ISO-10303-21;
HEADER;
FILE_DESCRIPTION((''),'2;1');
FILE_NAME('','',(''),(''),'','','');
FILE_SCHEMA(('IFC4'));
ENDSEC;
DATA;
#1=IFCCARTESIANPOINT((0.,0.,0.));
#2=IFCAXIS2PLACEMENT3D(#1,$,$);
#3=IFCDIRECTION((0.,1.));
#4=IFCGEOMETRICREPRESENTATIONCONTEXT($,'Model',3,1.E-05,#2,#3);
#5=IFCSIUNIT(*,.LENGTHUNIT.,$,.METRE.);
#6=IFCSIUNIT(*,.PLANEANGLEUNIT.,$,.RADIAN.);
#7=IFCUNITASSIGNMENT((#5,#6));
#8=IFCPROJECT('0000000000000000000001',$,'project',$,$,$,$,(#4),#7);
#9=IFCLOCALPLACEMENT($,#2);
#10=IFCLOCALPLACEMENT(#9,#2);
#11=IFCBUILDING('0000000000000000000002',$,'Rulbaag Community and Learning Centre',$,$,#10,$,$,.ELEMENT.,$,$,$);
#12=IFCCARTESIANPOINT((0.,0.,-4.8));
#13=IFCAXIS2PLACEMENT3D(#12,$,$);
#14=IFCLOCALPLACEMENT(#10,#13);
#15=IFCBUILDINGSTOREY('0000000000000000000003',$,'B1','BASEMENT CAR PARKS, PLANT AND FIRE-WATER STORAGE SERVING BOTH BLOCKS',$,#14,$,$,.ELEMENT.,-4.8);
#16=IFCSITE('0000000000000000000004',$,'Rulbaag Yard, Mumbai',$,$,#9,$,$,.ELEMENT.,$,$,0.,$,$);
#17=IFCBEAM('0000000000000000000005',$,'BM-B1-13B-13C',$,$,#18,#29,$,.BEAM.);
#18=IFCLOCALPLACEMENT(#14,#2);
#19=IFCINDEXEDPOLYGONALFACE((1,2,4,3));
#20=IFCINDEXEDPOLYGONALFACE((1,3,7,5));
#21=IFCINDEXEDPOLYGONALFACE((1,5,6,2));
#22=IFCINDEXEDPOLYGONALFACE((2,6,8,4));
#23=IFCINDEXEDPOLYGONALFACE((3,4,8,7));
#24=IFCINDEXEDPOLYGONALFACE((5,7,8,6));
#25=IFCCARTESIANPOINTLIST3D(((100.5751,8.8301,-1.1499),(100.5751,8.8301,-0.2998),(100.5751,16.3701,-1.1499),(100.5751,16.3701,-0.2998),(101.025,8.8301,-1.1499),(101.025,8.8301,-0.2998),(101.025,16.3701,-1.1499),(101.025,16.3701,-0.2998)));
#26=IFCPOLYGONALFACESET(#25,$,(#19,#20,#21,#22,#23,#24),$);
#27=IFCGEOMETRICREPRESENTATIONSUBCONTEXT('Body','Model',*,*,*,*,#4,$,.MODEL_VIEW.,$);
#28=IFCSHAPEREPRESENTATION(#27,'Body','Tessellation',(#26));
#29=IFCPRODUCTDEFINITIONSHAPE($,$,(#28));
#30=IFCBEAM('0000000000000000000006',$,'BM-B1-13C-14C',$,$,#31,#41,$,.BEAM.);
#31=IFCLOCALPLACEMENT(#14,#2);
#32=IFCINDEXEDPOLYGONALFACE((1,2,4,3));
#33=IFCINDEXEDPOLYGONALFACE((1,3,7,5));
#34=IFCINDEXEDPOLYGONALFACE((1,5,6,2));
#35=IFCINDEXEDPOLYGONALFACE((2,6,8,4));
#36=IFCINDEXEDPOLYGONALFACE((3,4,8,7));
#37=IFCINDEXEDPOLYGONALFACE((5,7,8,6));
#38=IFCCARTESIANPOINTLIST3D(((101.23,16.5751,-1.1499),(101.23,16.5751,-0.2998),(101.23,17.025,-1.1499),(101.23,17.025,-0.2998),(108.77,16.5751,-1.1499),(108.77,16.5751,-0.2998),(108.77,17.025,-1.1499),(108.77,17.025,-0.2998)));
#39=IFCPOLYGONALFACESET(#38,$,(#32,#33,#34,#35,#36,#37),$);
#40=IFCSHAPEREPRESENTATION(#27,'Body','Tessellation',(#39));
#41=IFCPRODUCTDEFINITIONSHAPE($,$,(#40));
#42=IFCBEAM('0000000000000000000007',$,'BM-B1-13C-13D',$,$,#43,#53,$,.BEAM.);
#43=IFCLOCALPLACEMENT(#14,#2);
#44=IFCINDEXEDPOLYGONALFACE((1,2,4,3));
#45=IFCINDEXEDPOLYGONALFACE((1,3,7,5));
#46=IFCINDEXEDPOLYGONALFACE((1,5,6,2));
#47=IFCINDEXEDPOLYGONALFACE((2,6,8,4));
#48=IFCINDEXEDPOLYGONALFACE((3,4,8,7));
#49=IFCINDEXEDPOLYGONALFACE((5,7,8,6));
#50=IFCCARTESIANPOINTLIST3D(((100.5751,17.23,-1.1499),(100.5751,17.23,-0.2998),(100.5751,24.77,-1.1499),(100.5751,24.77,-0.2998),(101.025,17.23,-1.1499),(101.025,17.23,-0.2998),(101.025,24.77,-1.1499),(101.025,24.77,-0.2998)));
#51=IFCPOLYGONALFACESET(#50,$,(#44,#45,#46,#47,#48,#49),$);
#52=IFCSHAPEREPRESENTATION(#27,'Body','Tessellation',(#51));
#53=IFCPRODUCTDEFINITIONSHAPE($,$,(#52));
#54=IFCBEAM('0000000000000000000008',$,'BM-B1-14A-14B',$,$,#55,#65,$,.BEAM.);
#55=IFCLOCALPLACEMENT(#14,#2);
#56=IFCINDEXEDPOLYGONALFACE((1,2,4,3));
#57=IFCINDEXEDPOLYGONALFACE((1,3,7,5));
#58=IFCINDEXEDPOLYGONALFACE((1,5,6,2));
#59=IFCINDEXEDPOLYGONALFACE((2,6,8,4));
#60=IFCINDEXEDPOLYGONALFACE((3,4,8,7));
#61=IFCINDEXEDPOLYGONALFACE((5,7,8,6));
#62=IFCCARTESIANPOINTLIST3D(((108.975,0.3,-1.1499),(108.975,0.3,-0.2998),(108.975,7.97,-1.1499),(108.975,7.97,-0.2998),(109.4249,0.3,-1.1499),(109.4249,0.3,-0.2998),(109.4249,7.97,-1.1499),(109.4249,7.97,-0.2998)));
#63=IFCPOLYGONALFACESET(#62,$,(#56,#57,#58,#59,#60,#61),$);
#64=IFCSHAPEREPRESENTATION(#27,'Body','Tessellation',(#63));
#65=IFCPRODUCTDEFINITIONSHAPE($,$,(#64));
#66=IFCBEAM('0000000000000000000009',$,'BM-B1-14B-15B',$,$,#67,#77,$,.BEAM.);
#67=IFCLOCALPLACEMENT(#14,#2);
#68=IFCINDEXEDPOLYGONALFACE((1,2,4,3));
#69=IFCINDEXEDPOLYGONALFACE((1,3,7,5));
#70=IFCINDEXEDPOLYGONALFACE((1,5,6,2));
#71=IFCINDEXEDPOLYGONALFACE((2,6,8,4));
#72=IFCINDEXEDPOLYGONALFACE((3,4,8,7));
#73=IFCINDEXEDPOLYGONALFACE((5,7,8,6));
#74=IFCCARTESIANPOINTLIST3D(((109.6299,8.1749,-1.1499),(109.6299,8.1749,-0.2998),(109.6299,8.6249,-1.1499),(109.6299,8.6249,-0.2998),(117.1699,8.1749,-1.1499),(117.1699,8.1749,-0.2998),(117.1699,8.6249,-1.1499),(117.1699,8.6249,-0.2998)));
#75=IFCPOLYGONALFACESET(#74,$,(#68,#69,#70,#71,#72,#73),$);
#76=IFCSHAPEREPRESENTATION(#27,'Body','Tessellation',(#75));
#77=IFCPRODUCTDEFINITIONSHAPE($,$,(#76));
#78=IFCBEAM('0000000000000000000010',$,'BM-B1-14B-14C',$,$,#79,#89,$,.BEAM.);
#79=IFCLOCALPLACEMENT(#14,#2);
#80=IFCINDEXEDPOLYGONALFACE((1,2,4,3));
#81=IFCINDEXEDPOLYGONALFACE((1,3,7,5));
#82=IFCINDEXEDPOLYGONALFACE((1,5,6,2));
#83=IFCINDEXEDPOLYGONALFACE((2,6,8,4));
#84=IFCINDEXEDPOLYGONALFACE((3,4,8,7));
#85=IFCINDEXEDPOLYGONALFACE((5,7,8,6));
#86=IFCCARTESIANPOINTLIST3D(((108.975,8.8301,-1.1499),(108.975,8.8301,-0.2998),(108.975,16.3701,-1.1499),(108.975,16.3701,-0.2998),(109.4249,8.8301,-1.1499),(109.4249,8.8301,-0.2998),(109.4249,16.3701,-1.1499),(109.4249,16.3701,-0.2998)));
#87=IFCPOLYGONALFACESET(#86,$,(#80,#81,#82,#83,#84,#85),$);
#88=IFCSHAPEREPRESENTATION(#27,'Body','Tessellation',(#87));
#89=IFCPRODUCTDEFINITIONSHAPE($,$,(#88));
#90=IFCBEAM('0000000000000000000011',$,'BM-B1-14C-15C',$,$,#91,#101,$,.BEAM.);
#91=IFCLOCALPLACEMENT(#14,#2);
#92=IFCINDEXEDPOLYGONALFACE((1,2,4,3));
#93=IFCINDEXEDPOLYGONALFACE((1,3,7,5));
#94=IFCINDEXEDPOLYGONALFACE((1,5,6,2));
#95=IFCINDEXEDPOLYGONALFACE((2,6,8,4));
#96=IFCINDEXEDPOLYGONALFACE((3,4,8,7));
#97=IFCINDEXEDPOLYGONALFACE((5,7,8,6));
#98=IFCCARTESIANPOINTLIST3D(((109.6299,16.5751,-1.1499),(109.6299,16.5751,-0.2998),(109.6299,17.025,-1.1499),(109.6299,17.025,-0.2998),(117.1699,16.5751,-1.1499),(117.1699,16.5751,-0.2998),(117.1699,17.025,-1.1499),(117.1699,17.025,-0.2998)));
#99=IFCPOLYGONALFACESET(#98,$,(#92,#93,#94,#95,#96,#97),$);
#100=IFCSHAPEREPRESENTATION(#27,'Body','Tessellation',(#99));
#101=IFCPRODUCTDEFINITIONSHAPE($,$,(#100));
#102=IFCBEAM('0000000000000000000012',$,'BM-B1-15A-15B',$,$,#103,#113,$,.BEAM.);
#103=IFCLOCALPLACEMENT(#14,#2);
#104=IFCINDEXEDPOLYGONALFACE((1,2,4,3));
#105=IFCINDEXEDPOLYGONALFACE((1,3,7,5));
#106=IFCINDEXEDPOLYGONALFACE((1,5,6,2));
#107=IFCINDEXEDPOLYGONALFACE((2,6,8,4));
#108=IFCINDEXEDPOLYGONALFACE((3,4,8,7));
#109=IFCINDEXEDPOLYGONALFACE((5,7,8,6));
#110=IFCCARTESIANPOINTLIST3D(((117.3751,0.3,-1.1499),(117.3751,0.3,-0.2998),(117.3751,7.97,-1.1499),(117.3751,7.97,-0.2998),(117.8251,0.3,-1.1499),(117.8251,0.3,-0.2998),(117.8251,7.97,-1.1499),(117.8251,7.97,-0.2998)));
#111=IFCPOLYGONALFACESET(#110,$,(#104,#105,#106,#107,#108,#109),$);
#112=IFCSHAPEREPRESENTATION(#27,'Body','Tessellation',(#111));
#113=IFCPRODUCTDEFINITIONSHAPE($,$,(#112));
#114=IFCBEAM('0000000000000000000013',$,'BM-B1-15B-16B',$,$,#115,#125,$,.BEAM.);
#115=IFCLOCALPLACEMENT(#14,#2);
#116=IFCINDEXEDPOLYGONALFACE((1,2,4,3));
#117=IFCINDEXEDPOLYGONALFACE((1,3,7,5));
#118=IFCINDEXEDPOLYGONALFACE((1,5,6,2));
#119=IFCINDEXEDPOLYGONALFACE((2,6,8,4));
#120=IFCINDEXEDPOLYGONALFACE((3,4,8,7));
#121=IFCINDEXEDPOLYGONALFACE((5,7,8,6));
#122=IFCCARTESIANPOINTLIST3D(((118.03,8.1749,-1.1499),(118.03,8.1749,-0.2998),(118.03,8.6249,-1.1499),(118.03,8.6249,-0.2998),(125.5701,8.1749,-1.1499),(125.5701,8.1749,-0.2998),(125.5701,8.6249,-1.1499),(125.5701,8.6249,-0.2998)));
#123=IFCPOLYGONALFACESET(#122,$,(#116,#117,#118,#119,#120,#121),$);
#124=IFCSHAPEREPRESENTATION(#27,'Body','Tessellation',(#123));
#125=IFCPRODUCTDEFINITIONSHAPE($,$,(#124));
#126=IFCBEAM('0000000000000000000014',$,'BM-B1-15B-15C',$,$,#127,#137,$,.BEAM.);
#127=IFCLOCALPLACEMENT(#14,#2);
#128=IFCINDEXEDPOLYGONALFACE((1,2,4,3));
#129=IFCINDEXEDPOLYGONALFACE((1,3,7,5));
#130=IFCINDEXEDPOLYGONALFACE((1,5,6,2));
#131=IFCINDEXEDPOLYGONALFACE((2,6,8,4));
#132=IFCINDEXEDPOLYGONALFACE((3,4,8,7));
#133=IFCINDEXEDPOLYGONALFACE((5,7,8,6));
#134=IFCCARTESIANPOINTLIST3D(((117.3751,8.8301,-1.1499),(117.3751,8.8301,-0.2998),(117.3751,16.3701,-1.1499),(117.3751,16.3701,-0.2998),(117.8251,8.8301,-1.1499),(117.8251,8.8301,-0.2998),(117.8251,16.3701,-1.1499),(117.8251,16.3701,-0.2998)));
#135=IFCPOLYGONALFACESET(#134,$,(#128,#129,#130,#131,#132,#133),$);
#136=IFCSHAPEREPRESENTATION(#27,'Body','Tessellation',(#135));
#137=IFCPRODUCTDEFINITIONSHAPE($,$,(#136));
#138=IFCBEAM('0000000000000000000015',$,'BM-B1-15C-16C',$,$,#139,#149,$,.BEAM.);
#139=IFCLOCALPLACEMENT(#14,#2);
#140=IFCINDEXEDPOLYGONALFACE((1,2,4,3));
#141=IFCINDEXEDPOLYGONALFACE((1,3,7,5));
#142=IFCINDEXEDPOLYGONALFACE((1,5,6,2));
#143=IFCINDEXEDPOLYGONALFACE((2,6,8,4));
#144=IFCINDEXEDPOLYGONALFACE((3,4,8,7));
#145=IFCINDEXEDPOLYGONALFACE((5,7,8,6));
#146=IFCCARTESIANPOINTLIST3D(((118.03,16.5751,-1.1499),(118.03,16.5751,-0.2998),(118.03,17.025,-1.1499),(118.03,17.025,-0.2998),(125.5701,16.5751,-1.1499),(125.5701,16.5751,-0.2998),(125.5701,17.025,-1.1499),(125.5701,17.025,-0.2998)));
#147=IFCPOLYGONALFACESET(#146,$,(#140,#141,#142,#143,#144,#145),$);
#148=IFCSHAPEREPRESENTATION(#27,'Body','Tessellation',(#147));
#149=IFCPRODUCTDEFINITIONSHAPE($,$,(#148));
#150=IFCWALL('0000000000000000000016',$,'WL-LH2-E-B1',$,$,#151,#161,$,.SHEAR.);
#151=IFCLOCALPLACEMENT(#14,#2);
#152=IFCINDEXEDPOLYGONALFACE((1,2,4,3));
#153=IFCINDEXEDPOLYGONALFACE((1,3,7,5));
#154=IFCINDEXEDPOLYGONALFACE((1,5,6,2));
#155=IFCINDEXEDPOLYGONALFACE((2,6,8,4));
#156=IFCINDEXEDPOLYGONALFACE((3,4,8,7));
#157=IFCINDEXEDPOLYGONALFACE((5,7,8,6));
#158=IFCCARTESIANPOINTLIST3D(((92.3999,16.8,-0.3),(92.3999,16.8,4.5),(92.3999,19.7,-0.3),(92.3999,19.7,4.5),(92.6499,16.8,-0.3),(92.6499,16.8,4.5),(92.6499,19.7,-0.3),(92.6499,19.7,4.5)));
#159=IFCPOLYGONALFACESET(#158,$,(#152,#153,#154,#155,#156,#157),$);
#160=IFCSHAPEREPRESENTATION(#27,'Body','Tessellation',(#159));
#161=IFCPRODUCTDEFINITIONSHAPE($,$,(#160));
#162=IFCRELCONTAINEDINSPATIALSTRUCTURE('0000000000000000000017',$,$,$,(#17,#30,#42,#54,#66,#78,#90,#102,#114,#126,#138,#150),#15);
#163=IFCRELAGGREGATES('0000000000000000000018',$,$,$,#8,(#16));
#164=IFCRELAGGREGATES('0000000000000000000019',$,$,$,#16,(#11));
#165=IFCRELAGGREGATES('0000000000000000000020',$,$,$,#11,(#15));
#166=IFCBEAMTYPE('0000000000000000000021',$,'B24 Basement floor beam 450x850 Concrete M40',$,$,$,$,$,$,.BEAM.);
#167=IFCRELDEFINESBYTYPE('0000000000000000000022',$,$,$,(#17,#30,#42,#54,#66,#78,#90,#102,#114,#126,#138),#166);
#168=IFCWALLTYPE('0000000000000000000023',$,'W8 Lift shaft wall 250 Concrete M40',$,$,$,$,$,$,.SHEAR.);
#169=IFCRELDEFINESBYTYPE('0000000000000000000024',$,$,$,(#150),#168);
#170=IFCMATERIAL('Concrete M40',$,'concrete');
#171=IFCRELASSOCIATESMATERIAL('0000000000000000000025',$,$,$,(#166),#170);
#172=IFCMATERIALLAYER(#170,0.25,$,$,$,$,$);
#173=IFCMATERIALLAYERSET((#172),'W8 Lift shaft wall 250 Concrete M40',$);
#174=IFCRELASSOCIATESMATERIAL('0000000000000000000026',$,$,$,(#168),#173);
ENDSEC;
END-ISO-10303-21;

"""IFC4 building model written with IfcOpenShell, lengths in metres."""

from ifc_helpers import new_model, si_unit, direction, frame, frame_2d, origin, origin_2d, place, context, subcontext, project, spatial, rectangle, extrude, material, layer, layer_set, material_profile, profile_set, type_object, element, save


model = new_model("IFC4")

# Units and contexts
model_context = context("Model", 3, precision=1e-05, world=origin(), true_north=direction((0.0, 1.0)))
body_context = subcontext(model_context, "Body", "Model", "MODEL_VIEW")
ifc_project = project(units=[si_unit("LENGTHUNIT", "METRE"), si_unit("PLANEANGLEUNIT", "RADIAN")], contexts=[model_context])

# Site, building, storey
site_placement = place(None, origin())
site = spatial("IfcSite", under=ifc_project, at=site_placement, Name="Rulbaag Yard, Mumbai", CompositionType="ELEMENT", RefElevation=0.0)
building_placement = place(site_placement, origin())
building = spatial("IfcBuilding", under=site, at=building_placement, Name="Rulbaag Community and Learning Centre", CompositionType="ELEMENT")
storey_placement = place(building_placement, frame((0.0, 0.0, -4.8)))
storey = spatial("IfcBuildingStorey", under=building, at=storey_placement, Name="B1", Description="BASEMENT CAR PARKS, PLANT AND FIRE-WATER STORAGE SERVING BOTH BLOCKS", CompositionType="ELEMENT", Elevation=-4.8)

# Beams
ifc_material_1 = material(Name="Concrete M40", Category="concrete")
ifc_material_profile_1 = material_profile(ifc_material_1, rectangle(XDim=0.45, YDim=0.8501, at=origin_2d()), Name="RB450x850")
ifc_profile_set_1 = profile_set([ifc_material_profile_1], Name="Concrete M40")
beam_type = type_object("IfcBeamType", Name="B24 Basement floor beam 450x850 Concrete M40", PredefinedType="BEAM", material=ifc_profile_set_1)
for number, where, z_axis, x_axis, name in (
    (1, (100.8, 8.8301, -0.7249), (0.0, 1.0, 0.0), (-1.0, 0.0, 0.0), "BM-B1-13B-13C"),
    (2, (101.23, 16.8, -0.7249), (1.0, 0.0, 0.0), (0.0, 1.0, 0.0), "BM-B1-13C-14C"),
    (3, (100.8, 17.23, -0.7249), (0.0, 1.0, 0.0), (-1.0, 0.0, 0.0), "BM-B1-13C-13D"),
):
    element("IfcBeam", number, at=place(storey_placement, frame(where, z_axis=z_axis, x_axis=x_axis)), inside=storey, type_object=beam_type, Name=name, PredefinedType="BEAM", context=body_context, shape_type="SweptSolid", body=[
        extrude(rectangle(XDim=0.45, YDim=0.8501, at=origin_2d()), origin(), (0.0, 0.0, 1.0), 7.54),
    ])
beam_1_placement = place(storey_placement, frame((109.2, 0.3, -0.7249), z_axis=(0.0, 1.0, 0.0), x_axis=(-1.0, 0.0, 0.0)))
element("IfcBeam", 4, at=beam_1_placement, inside=storey, type_object=beam_type, Name="BM-B1-14A-14B", PredefinedType="BEAM", context=body_context, shape_type="SweptSolid", body=[
    extrude(rectangle(XDim=0.45, YDim=0.8501, at=origin_2d()), origin(), (0.0, 0.0, 1.0), 7.6699),
])
for number, where, z_axis, x_axis, name in (
    (5, (109.6299, 8.3999, -0.7249), (1.0, 0.0, 0.0), (0.0, 1.0, 0.0), "BM-B1-14B-15B"),
    (6, (109.2, 8.8301, -0.7249), (0.0, 1.0, 0.0), (-1.0, 0.0, 0.0), "BM-B1-14B-14C"),
    (7, (109.6299, 16.8, -0.7249), (1.0, 0.0, 0.0), (0.0, 1.0, 0.0), "BM-B1-14C-15C"),
):
    element("IfcBeam", number, at=place(storey_placement, frame(where, z_axis=z_axis, x_axis=x_axis)), inside=storey, type_object=beam_type, Name=name, PredefinedType="BEAM", context=body_context, shape_type="SweptSolid", body=[
        extrude(rectangle(XDim=0.45, YDim=0.8501, at=origin_2d()), origin(), (0.0, 0.0, 1.0), 7.54),
    ])
beam_2_placement = place(storey_placement, frame((117.6001, 0.3, -0.7249), z_axis=(0.0, 1.0, 0.0), x_axis=(-1.0, 0.0, 0.0)))
element("IfcBeam", 8, at=beam_2_placement, inside=storey, type_object=beam_type, Name="BM-B1-15A-15B", PredefinedType="BEAM", context=body_context, shape_type="SweptSolid", body=[
    extrude(rectangle(XDim=0.45, YDim=0.8501, at=origin_2d()), origin(), (0.0, 0.0, 1.0), 7.6699),
])
for number, where, z_axis, x_axis, name in (
    (9, (118.03, 8.3999, -0.7249), (1.0, 0.0, 0.0), (0.0, 1.0, 0.0), "BM-B1-15B-16B"),
    (10, (117.6001, 8.8301, -0.7249), (0.0, 1.0, 0.0), (-1.0, 0.0, 0.0), "BM-B1-15B-15C"),
    (11, (118.03, 16.8, -0.7249), (1.0, 0.0, 0.0), (0.0, 1.0, 0.0), "BM-B1-15C-16C"),
):
    element("IfcBeam", number, at=place(storey_placement, frame(where, z_axis=z_axis, x_axis=x_axis)), inside=storey, type_object=beam_type, Name=name, PredefinedType="BEAM", context=body_context, shape_type="SweptSolid", body=[
        extrude(rectangle(XDim=0.45, YDim=0.8501, at=origin_2d()), origin(), (0.0, 0.0, 1.0), 7.54),
    ])

# Wall
ifc_layer = layer(ifc_material_1, 0.25)
ifc_layer_set = layer_set([ifc_layer], Name="W8 Lift shaft wall 250 Concrete M40")
wall_type = type_object("IfcWallType", Name="W8 Lift shaft wall 250 Concrete M40", PredefinedType="SHEAR", material=ifc_layer_set)
wall_placement = place(storey_placement, frame((92.5249, 16.8, -0.3), z_axis=(0.0, 0.0, 1.0), x_axis=(0.0, 1.0, 0.0)))
element("IfcWall", 12, at=wall_placement, inside=storey, type_object=wall_type, Name="WL-LH2-E-B1", PredefinedType="SHEAR", context=body_context, shape_type="SweptSolid", body=[
    extrude(rectangle(XDim=2.8999, YDim=0.25, at=frame_2d((1.45, 0.0))), origin(), (0.0, 0.0, 1.0), 4.8),
])

save(model, "model.ifc")
